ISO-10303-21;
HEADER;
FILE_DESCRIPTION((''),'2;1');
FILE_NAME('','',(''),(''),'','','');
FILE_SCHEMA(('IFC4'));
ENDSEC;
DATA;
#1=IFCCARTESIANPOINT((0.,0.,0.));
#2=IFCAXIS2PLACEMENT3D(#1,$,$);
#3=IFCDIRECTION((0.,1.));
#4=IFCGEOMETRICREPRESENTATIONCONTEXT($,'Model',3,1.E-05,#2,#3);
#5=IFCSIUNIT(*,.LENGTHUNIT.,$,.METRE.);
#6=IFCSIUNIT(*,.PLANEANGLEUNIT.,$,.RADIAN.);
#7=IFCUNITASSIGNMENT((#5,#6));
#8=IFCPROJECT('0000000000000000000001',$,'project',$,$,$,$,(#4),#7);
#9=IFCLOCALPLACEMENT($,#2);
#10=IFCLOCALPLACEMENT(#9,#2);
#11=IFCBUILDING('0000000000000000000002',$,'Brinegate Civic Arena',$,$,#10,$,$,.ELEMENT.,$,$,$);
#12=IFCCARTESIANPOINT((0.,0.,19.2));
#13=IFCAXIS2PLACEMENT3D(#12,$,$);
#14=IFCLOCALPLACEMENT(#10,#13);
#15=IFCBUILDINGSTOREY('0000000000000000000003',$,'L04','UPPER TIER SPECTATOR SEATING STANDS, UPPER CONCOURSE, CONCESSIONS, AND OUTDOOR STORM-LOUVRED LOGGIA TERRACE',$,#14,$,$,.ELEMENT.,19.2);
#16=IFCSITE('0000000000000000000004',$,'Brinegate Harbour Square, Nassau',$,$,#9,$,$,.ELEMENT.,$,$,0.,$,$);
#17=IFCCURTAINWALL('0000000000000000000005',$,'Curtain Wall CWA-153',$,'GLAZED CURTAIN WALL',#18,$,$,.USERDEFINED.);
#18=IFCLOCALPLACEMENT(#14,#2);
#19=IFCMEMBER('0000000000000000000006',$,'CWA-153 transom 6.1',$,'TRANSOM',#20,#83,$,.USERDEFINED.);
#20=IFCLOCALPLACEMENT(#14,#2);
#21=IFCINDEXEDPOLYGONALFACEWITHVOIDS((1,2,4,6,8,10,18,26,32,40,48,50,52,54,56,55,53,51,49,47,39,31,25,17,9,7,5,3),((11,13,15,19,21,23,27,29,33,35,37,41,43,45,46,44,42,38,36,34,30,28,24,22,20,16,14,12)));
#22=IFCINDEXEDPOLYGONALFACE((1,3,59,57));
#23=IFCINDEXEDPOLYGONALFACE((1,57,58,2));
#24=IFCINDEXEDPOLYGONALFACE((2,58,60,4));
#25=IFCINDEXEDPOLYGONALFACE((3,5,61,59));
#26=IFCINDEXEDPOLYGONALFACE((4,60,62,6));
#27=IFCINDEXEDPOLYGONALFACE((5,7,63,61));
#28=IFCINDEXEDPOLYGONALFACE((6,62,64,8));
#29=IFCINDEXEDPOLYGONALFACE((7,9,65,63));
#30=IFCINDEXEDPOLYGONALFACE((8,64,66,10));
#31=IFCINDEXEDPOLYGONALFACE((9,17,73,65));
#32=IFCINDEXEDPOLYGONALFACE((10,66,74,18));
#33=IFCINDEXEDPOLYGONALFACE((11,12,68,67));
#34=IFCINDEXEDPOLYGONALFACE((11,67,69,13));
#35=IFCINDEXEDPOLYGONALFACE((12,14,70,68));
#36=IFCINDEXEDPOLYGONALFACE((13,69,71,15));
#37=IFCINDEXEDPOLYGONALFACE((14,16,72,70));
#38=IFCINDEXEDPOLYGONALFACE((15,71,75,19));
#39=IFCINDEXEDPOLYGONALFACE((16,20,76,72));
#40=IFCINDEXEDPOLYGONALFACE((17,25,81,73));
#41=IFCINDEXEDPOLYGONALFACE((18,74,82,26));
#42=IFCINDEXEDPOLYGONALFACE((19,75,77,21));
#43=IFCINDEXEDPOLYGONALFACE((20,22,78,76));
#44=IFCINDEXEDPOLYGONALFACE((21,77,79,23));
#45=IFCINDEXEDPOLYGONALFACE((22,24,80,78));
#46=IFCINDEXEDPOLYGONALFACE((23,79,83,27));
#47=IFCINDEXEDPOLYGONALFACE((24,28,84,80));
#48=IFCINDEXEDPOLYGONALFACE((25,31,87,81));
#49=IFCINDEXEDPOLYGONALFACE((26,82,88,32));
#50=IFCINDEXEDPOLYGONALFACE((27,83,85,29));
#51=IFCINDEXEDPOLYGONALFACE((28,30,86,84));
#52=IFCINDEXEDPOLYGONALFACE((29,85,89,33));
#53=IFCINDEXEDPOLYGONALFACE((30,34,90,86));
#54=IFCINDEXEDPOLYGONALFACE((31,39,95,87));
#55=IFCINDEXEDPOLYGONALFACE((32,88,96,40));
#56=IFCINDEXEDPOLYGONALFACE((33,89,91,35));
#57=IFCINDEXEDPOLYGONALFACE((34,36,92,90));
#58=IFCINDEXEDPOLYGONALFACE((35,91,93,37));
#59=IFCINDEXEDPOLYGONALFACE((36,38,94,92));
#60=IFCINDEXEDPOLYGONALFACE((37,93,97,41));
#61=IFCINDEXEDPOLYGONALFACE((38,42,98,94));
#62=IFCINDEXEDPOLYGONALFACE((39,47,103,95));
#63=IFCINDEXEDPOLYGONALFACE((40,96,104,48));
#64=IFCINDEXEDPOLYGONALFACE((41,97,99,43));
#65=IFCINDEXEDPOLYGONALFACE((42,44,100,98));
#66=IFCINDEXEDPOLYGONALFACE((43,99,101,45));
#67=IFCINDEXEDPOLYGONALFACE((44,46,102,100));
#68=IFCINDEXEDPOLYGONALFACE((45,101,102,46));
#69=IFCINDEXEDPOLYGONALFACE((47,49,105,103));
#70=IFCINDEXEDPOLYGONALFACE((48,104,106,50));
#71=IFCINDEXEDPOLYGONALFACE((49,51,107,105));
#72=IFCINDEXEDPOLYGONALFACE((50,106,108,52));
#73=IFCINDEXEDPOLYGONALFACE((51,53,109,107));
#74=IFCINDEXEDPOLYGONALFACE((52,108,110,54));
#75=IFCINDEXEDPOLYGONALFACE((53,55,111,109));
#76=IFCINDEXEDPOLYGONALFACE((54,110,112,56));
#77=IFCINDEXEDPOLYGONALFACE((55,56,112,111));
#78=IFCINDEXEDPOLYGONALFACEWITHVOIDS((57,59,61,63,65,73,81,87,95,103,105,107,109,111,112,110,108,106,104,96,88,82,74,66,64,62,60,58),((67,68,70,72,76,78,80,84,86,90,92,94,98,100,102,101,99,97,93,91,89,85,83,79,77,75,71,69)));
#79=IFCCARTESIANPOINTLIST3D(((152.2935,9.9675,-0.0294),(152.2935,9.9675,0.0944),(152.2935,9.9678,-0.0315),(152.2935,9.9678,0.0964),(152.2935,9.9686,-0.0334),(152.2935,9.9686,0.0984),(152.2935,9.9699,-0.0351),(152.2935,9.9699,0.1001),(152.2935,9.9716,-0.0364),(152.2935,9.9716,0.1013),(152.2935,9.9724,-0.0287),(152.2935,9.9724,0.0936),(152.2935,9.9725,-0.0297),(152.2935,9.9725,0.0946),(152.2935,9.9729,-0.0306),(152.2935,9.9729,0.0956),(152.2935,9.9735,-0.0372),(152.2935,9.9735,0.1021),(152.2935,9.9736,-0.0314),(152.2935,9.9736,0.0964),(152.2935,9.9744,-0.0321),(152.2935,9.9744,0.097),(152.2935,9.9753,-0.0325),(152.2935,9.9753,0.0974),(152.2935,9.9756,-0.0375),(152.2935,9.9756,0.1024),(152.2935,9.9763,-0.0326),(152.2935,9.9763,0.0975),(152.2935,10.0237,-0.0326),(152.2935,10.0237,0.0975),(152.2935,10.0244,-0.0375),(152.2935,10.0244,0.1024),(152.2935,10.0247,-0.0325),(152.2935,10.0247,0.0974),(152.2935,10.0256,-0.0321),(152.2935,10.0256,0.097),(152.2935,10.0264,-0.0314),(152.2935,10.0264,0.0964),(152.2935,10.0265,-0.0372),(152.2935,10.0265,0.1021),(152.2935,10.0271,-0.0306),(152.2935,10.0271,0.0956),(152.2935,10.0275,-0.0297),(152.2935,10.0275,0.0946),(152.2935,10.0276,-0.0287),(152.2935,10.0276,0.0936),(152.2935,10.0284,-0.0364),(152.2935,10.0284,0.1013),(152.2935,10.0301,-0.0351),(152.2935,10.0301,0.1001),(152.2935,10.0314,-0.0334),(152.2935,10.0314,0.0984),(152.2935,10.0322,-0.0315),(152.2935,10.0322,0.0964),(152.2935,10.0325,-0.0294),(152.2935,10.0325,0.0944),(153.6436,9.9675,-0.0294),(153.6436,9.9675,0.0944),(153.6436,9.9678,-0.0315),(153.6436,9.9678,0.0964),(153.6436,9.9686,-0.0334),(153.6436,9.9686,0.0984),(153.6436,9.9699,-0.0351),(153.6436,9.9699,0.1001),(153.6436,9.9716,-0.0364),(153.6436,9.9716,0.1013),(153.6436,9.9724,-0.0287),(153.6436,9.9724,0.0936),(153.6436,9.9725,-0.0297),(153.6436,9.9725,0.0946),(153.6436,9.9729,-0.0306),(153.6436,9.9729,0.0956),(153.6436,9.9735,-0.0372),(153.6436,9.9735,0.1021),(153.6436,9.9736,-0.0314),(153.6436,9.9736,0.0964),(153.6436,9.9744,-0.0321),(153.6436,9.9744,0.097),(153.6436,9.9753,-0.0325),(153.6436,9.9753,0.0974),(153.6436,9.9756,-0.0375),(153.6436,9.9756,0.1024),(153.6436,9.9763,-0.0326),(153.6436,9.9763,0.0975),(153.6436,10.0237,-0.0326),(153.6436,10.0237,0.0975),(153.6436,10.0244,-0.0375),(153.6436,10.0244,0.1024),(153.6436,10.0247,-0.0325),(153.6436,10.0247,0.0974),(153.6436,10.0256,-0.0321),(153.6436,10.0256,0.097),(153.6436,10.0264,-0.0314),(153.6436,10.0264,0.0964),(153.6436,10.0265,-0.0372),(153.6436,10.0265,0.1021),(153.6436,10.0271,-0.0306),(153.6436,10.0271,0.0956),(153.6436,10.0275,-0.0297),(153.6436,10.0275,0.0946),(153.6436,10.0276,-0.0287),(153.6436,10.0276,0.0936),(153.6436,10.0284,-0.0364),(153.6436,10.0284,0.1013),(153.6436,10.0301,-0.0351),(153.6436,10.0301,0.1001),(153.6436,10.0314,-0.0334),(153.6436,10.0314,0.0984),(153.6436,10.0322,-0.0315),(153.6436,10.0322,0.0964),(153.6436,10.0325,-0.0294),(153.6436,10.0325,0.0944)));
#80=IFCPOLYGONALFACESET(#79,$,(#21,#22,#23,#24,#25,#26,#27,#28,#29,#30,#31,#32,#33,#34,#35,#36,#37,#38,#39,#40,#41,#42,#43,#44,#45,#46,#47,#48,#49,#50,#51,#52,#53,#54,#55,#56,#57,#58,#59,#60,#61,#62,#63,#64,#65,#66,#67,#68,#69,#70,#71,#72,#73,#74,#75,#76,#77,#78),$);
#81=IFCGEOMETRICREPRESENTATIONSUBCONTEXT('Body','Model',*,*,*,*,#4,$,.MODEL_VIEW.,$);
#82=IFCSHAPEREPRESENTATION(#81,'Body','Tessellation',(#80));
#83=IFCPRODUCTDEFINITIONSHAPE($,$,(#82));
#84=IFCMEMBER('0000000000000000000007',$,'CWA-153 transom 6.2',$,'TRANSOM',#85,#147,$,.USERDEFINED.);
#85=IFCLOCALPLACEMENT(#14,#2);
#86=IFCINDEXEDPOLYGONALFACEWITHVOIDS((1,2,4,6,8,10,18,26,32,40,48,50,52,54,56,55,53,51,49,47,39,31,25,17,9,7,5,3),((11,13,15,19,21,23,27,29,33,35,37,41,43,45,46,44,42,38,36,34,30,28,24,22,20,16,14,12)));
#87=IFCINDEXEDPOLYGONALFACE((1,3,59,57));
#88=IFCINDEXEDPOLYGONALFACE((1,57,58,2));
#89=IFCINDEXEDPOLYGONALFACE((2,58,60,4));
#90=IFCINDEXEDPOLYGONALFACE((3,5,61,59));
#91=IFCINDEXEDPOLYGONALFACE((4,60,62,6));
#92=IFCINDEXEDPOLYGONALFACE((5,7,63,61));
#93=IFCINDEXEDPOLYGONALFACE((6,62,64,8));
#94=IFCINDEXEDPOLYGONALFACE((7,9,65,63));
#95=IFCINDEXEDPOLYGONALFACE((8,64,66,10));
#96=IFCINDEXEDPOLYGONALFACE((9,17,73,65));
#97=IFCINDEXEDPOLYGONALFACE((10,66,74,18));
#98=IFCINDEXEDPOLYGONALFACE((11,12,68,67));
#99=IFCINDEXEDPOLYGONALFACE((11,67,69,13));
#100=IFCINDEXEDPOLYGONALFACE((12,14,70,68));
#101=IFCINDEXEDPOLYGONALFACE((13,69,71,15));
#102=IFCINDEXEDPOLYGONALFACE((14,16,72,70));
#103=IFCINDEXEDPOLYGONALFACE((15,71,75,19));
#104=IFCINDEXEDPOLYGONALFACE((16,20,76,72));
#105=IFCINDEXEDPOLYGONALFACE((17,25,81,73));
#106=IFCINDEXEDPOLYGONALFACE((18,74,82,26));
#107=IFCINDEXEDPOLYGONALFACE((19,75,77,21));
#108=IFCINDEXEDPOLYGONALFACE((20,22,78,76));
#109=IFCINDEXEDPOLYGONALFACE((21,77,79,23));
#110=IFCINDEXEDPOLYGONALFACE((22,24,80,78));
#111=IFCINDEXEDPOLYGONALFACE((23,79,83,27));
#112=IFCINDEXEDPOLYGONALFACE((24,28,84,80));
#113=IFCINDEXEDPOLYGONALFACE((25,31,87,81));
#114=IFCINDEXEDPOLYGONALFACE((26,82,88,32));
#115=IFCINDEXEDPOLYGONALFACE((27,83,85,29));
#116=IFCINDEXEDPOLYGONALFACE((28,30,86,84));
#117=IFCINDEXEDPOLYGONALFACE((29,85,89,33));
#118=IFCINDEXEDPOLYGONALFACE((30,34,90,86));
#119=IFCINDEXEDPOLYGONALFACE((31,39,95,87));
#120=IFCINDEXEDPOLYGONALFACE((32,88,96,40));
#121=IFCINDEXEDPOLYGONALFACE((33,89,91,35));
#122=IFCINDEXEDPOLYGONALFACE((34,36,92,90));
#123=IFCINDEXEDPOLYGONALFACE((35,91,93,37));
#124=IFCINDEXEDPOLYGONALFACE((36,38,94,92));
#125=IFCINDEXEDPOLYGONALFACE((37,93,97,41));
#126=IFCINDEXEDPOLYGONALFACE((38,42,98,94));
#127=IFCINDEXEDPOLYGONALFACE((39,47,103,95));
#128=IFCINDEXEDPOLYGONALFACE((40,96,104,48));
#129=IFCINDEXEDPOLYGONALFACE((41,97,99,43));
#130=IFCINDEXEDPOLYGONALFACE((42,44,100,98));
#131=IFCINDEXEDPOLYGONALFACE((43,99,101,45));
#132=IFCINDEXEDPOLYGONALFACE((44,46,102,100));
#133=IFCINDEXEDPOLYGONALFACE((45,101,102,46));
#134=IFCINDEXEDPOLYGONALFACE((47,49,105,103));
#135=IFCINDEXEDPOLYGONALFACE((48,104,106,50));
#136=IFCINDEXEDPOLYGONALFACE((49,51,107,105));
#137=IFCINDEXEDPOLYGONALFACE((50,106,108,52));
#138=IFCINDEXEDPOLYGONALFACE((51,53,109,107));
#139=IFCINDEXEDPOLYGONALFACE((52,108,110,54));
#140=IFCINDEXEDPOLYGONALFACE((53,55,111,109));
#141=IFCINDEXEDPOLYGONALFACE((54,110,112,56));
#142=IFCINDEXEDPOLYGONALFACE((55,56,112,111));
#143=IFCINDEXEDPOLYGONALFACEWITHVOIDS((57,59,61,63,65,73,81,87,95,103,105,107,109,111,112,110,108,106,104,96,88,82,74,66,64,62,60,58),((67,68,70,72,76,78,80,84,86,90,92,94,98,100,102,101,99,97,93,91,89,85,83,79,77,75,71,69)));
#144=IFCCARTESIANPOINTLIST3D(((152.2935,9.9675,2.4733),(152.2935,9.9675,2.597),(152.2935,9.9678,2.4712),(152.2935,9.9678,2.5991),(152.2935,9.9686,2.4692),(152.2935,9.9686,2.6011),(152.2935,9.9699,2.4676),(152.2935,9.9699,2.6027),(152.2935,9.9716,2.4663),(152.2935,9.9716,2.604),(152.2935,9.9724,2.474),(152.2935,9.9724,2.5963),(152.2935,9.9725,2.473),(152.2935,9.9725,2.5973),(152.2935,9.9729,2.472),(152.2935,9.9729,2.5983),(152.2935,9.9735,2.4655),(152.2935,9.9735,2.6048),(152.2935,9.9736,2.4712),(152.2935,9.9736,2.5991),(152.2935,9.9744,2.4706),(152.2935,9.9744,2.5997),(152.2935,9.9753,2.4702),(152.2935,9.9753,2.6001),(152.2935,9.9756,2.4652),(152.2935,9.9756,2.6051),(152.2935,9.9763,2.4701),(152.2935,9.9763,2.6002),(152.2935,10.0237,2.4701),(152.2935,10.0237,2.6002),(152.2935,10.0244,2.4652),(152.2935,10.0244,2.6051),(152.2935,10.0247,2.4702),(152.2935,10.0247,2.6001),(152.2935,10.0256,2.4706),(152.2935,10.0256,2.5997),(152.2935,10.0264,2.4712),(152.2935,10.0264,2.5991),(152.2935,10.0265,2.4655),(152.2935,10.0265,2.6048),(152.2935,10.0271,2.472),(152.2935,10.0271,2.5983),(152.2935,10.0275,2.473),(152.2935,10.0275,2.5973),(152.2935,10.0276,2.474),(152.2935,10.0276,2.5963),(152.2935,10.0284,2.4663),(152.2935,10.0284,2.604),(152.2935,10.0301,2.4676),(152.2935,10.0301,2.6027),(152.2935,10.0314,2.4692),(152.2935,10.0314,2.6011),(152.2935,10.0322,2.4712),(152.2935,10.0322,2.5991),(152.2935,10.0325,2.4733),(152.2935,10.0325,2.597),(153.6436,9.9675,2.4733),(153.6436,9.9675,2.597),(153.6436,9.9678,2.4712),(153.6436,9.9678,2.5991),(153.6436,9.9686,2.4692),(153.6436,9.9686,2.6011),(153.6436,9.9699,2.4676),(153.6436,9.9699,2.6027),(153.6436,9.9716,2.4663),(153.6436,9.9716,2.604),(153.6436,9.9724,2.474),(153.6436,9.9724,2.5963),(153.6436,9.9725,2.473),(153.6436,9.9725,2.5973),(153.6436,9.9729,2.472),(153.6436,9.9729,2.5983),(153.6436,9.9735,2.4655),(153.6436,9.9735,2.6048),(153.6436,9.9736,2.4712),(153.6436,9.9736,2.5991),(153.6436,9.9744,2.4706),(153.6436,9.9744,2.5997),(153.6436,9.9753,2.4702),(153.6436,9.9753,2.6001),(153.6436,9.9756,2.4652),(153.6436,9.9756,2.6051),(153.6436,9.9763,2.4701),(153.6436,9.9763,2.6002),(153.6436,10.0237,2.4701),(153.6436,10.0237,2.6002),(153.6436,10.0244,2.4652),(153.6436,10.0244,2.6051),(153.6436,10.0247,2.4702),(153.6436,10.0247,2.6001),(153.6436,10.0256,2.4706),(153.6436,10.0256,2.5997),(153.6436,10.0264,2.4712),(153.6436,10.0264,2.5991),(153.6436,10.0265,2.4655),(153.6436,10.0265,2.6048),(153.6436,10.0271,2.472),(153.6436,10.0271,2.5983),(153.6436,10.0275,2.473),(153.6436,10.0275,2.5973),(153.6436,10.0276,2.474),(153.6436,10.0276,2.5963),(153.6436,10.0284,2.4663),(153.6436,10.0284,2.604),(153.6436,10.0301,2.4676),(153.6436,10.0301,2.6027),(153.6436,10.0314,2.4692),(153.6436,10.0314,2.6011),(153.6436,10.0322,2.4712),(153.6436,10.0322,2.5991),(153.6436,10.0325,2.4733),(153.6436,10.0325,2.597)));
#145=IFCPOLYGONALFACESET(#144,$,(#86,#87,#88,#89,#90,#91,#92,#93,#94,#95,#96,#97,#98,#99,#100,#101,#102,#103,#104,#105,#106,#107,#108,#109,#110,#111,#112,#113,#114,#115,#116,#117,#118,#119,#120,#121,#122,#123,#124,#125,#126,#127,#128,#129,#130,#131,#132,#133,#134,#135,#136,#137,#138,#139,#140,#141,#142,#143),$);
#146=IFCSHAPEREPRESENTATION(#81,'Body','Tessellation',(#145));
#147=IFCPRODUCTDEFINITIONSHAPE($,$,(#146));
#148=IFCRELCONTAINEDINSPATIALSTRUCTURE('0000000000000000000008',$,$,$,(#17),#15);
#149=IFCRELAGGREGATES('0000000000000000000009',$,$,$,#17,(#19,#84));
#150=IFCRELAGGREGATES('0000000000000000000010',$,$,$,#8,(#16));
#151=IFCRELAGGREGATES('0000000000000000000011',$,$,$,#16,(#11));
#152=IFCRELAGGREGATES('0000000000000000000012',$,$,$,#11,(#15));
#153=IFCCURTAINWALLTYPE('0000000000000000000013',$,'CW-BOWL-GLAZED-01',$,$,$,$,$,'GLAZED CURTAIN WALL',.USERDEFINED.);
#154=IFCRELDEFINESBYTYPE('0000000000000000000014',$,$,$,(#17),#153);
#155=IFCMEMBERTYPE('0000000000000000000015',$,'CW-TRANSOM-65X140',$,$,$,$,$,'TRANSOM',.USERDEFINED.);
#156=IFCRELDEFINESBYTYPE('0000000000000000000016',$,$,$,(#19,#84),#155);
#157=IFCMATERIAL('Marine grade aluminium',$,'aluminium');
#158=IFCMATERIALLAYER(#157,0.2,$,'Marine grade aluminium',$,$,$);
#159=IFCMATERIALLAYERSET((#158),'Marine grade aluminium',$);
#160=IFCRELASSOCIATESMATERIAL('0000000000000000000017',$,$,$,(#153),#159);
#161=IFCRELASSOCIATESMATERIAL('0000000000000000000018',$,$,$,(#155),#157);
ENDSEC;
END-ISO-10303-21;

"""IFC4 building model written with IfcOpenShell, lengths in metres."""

from ifc_helpers import new_model, si_unit, direction, frame, origin, origin_2d, place, context, subcontext, project, spatial, hollow_rectangle, extrude, material, layer, layer_set, material_profile, profile_set, type_object, element, aggregate, save


model = new_model("IFC4")

# Units and contexts
model_context = context("Model", 3, precision=1e-05, world=origin(), true_north=direction((0.0, 1.0)))
body_context = subcontext(model_context, "Body", "Model", "MODEL_VIEW")
ifc_project = project(units=[si_unit("LENGTHUNIT", "METRE"), si_unit("PLANEANGLEUNIT", "RADIAN")], contexts=[model_context])

# Site, building, storey
site_placement = place(None, origin())
site = spatial("IfcSite", under=ifc_project, at=site_placement, Name="Brinegate Harbour Square, Nassau", CompositionType="ELEMENT", RefElevation=0.0)
building_placement = place(site_placement, origin())
building = spatial("IfcBuilding", under=site, at=building_placement, Name="Brinegate Civic Arena", CompositionType="ELEMENT")
storey_placement = place(building_placement, frame((0.0, 0.0, 19.2)))
storey = spatial("IfcBuildingStorey", under=building, at=storey_placement, Name="L04", Description="UPPER TIER SPECTATOR SEATING STANDS, UPPER CONCOURSE, CONCESSIONS, AND OUTDOOR STORM-LOUVRED LOGGIA TERRACE", CompositionType="ELEMENT", Elevation=19.2)

# Curtain wall, members
ifc_material_1 = material(Name="Marine grade aluminium", Category="aluminium")
ifc_layer_1 = layer(ifc_material_1, 0.2, Name="Marine grade aluminium")
ifc_layer_set_1 = layer_set([ifc_layer_1], Name="Marine grade aluminium")
curtain_wall_type = type_object("IfcCurtainWallType", Name="CW-BOWL-GLAZED-01", ElementType="GLAZED CURTAIN WALL", PredefinedType="USERDEFINED", material=ifc_layer_set_1)
curtain_wall_placement = place(storey_placement, origin())
curtain_wall = element("IfcCurtainWall", 1, at=curtain_wall_placement, inside=storey, type_object=curtain_wall_type, Name="Curtain Wall CWA-153", ObjectType="GLAZED CURTAIN WALL", PredefinedType="USERDEFINED")
ifc_material_profile_1 = material_profile(ifc_material_1, hollow_rectangle(XDim=0.0649, YDim=0.1399, WallThickness=0.0049, InnerFilletRadius=0.0039, OuterFilletRadius=0.0081, at=origin_2d()), Name="TRN65X140")
ifc_profile_set_1 = profile_set([ifc_material_profile_1], Name="Marine grade aluminium")
member_type_1 = type_object("IfcMemberType", Name="CW-TRANSOM-65X140", ElementType="TRANSOM", PredefinedType="USERDEFINED", material=ifc_profile_set_1)
member_1_placement = place(storey_placement, frame((152.2935, 10.0, 0.0325), z_axis=(1.0, 0.0, 0.0), x_axis=(0.0, 1.0, 0.0)))
member_1 = element("IfcMember", 2, at=member_1_placement, type_object=member_type_1, Name="CWA-153 transom 6.1", ObjectType="TRANSOM", PredefinedType="USERDEFINED", context=body_context, shape_type="SweptSolid", body=[
    extrude(hollow_rectangle(XDim=0.0649, YDim=0.1399, WallThickness=0.0049, InnerFilletRadius=0.0039, OuterFilletRadius=0.0081, at=origin_2d()), origin(), (0.0, 0.0, 1.0), 1.3501),
])
member_2_placement = place(storey_placement, frame((152.2935, 10.0, 2.5352), z_axis=(1.0, 0.0, 0.0), x_axis=(0.0, 1.0, 0.0)))
member_2 = element("IfcMember", 3, at=member_2_placement, type_object=member_type_1, Name="CWA-153 transom 6.2", ObjectType="TRANSOM", PredefinedType="USERDEFINED", context=body_context, shape_type="SweptSolid", body=[
    extrude(hollow_rectangle(XDim=0.0649, YDim=0.1399, WallThickness=0.0049, InnerFilletRadius=0.0039, OuterFilletRadius=0.0081, at=origin_2d()), origin(), (0.0, 0.0, 1.0), 1.3501),
])
aggregate(curtain_wall, [member_1, member_2])

save(model, "model.ifc")
